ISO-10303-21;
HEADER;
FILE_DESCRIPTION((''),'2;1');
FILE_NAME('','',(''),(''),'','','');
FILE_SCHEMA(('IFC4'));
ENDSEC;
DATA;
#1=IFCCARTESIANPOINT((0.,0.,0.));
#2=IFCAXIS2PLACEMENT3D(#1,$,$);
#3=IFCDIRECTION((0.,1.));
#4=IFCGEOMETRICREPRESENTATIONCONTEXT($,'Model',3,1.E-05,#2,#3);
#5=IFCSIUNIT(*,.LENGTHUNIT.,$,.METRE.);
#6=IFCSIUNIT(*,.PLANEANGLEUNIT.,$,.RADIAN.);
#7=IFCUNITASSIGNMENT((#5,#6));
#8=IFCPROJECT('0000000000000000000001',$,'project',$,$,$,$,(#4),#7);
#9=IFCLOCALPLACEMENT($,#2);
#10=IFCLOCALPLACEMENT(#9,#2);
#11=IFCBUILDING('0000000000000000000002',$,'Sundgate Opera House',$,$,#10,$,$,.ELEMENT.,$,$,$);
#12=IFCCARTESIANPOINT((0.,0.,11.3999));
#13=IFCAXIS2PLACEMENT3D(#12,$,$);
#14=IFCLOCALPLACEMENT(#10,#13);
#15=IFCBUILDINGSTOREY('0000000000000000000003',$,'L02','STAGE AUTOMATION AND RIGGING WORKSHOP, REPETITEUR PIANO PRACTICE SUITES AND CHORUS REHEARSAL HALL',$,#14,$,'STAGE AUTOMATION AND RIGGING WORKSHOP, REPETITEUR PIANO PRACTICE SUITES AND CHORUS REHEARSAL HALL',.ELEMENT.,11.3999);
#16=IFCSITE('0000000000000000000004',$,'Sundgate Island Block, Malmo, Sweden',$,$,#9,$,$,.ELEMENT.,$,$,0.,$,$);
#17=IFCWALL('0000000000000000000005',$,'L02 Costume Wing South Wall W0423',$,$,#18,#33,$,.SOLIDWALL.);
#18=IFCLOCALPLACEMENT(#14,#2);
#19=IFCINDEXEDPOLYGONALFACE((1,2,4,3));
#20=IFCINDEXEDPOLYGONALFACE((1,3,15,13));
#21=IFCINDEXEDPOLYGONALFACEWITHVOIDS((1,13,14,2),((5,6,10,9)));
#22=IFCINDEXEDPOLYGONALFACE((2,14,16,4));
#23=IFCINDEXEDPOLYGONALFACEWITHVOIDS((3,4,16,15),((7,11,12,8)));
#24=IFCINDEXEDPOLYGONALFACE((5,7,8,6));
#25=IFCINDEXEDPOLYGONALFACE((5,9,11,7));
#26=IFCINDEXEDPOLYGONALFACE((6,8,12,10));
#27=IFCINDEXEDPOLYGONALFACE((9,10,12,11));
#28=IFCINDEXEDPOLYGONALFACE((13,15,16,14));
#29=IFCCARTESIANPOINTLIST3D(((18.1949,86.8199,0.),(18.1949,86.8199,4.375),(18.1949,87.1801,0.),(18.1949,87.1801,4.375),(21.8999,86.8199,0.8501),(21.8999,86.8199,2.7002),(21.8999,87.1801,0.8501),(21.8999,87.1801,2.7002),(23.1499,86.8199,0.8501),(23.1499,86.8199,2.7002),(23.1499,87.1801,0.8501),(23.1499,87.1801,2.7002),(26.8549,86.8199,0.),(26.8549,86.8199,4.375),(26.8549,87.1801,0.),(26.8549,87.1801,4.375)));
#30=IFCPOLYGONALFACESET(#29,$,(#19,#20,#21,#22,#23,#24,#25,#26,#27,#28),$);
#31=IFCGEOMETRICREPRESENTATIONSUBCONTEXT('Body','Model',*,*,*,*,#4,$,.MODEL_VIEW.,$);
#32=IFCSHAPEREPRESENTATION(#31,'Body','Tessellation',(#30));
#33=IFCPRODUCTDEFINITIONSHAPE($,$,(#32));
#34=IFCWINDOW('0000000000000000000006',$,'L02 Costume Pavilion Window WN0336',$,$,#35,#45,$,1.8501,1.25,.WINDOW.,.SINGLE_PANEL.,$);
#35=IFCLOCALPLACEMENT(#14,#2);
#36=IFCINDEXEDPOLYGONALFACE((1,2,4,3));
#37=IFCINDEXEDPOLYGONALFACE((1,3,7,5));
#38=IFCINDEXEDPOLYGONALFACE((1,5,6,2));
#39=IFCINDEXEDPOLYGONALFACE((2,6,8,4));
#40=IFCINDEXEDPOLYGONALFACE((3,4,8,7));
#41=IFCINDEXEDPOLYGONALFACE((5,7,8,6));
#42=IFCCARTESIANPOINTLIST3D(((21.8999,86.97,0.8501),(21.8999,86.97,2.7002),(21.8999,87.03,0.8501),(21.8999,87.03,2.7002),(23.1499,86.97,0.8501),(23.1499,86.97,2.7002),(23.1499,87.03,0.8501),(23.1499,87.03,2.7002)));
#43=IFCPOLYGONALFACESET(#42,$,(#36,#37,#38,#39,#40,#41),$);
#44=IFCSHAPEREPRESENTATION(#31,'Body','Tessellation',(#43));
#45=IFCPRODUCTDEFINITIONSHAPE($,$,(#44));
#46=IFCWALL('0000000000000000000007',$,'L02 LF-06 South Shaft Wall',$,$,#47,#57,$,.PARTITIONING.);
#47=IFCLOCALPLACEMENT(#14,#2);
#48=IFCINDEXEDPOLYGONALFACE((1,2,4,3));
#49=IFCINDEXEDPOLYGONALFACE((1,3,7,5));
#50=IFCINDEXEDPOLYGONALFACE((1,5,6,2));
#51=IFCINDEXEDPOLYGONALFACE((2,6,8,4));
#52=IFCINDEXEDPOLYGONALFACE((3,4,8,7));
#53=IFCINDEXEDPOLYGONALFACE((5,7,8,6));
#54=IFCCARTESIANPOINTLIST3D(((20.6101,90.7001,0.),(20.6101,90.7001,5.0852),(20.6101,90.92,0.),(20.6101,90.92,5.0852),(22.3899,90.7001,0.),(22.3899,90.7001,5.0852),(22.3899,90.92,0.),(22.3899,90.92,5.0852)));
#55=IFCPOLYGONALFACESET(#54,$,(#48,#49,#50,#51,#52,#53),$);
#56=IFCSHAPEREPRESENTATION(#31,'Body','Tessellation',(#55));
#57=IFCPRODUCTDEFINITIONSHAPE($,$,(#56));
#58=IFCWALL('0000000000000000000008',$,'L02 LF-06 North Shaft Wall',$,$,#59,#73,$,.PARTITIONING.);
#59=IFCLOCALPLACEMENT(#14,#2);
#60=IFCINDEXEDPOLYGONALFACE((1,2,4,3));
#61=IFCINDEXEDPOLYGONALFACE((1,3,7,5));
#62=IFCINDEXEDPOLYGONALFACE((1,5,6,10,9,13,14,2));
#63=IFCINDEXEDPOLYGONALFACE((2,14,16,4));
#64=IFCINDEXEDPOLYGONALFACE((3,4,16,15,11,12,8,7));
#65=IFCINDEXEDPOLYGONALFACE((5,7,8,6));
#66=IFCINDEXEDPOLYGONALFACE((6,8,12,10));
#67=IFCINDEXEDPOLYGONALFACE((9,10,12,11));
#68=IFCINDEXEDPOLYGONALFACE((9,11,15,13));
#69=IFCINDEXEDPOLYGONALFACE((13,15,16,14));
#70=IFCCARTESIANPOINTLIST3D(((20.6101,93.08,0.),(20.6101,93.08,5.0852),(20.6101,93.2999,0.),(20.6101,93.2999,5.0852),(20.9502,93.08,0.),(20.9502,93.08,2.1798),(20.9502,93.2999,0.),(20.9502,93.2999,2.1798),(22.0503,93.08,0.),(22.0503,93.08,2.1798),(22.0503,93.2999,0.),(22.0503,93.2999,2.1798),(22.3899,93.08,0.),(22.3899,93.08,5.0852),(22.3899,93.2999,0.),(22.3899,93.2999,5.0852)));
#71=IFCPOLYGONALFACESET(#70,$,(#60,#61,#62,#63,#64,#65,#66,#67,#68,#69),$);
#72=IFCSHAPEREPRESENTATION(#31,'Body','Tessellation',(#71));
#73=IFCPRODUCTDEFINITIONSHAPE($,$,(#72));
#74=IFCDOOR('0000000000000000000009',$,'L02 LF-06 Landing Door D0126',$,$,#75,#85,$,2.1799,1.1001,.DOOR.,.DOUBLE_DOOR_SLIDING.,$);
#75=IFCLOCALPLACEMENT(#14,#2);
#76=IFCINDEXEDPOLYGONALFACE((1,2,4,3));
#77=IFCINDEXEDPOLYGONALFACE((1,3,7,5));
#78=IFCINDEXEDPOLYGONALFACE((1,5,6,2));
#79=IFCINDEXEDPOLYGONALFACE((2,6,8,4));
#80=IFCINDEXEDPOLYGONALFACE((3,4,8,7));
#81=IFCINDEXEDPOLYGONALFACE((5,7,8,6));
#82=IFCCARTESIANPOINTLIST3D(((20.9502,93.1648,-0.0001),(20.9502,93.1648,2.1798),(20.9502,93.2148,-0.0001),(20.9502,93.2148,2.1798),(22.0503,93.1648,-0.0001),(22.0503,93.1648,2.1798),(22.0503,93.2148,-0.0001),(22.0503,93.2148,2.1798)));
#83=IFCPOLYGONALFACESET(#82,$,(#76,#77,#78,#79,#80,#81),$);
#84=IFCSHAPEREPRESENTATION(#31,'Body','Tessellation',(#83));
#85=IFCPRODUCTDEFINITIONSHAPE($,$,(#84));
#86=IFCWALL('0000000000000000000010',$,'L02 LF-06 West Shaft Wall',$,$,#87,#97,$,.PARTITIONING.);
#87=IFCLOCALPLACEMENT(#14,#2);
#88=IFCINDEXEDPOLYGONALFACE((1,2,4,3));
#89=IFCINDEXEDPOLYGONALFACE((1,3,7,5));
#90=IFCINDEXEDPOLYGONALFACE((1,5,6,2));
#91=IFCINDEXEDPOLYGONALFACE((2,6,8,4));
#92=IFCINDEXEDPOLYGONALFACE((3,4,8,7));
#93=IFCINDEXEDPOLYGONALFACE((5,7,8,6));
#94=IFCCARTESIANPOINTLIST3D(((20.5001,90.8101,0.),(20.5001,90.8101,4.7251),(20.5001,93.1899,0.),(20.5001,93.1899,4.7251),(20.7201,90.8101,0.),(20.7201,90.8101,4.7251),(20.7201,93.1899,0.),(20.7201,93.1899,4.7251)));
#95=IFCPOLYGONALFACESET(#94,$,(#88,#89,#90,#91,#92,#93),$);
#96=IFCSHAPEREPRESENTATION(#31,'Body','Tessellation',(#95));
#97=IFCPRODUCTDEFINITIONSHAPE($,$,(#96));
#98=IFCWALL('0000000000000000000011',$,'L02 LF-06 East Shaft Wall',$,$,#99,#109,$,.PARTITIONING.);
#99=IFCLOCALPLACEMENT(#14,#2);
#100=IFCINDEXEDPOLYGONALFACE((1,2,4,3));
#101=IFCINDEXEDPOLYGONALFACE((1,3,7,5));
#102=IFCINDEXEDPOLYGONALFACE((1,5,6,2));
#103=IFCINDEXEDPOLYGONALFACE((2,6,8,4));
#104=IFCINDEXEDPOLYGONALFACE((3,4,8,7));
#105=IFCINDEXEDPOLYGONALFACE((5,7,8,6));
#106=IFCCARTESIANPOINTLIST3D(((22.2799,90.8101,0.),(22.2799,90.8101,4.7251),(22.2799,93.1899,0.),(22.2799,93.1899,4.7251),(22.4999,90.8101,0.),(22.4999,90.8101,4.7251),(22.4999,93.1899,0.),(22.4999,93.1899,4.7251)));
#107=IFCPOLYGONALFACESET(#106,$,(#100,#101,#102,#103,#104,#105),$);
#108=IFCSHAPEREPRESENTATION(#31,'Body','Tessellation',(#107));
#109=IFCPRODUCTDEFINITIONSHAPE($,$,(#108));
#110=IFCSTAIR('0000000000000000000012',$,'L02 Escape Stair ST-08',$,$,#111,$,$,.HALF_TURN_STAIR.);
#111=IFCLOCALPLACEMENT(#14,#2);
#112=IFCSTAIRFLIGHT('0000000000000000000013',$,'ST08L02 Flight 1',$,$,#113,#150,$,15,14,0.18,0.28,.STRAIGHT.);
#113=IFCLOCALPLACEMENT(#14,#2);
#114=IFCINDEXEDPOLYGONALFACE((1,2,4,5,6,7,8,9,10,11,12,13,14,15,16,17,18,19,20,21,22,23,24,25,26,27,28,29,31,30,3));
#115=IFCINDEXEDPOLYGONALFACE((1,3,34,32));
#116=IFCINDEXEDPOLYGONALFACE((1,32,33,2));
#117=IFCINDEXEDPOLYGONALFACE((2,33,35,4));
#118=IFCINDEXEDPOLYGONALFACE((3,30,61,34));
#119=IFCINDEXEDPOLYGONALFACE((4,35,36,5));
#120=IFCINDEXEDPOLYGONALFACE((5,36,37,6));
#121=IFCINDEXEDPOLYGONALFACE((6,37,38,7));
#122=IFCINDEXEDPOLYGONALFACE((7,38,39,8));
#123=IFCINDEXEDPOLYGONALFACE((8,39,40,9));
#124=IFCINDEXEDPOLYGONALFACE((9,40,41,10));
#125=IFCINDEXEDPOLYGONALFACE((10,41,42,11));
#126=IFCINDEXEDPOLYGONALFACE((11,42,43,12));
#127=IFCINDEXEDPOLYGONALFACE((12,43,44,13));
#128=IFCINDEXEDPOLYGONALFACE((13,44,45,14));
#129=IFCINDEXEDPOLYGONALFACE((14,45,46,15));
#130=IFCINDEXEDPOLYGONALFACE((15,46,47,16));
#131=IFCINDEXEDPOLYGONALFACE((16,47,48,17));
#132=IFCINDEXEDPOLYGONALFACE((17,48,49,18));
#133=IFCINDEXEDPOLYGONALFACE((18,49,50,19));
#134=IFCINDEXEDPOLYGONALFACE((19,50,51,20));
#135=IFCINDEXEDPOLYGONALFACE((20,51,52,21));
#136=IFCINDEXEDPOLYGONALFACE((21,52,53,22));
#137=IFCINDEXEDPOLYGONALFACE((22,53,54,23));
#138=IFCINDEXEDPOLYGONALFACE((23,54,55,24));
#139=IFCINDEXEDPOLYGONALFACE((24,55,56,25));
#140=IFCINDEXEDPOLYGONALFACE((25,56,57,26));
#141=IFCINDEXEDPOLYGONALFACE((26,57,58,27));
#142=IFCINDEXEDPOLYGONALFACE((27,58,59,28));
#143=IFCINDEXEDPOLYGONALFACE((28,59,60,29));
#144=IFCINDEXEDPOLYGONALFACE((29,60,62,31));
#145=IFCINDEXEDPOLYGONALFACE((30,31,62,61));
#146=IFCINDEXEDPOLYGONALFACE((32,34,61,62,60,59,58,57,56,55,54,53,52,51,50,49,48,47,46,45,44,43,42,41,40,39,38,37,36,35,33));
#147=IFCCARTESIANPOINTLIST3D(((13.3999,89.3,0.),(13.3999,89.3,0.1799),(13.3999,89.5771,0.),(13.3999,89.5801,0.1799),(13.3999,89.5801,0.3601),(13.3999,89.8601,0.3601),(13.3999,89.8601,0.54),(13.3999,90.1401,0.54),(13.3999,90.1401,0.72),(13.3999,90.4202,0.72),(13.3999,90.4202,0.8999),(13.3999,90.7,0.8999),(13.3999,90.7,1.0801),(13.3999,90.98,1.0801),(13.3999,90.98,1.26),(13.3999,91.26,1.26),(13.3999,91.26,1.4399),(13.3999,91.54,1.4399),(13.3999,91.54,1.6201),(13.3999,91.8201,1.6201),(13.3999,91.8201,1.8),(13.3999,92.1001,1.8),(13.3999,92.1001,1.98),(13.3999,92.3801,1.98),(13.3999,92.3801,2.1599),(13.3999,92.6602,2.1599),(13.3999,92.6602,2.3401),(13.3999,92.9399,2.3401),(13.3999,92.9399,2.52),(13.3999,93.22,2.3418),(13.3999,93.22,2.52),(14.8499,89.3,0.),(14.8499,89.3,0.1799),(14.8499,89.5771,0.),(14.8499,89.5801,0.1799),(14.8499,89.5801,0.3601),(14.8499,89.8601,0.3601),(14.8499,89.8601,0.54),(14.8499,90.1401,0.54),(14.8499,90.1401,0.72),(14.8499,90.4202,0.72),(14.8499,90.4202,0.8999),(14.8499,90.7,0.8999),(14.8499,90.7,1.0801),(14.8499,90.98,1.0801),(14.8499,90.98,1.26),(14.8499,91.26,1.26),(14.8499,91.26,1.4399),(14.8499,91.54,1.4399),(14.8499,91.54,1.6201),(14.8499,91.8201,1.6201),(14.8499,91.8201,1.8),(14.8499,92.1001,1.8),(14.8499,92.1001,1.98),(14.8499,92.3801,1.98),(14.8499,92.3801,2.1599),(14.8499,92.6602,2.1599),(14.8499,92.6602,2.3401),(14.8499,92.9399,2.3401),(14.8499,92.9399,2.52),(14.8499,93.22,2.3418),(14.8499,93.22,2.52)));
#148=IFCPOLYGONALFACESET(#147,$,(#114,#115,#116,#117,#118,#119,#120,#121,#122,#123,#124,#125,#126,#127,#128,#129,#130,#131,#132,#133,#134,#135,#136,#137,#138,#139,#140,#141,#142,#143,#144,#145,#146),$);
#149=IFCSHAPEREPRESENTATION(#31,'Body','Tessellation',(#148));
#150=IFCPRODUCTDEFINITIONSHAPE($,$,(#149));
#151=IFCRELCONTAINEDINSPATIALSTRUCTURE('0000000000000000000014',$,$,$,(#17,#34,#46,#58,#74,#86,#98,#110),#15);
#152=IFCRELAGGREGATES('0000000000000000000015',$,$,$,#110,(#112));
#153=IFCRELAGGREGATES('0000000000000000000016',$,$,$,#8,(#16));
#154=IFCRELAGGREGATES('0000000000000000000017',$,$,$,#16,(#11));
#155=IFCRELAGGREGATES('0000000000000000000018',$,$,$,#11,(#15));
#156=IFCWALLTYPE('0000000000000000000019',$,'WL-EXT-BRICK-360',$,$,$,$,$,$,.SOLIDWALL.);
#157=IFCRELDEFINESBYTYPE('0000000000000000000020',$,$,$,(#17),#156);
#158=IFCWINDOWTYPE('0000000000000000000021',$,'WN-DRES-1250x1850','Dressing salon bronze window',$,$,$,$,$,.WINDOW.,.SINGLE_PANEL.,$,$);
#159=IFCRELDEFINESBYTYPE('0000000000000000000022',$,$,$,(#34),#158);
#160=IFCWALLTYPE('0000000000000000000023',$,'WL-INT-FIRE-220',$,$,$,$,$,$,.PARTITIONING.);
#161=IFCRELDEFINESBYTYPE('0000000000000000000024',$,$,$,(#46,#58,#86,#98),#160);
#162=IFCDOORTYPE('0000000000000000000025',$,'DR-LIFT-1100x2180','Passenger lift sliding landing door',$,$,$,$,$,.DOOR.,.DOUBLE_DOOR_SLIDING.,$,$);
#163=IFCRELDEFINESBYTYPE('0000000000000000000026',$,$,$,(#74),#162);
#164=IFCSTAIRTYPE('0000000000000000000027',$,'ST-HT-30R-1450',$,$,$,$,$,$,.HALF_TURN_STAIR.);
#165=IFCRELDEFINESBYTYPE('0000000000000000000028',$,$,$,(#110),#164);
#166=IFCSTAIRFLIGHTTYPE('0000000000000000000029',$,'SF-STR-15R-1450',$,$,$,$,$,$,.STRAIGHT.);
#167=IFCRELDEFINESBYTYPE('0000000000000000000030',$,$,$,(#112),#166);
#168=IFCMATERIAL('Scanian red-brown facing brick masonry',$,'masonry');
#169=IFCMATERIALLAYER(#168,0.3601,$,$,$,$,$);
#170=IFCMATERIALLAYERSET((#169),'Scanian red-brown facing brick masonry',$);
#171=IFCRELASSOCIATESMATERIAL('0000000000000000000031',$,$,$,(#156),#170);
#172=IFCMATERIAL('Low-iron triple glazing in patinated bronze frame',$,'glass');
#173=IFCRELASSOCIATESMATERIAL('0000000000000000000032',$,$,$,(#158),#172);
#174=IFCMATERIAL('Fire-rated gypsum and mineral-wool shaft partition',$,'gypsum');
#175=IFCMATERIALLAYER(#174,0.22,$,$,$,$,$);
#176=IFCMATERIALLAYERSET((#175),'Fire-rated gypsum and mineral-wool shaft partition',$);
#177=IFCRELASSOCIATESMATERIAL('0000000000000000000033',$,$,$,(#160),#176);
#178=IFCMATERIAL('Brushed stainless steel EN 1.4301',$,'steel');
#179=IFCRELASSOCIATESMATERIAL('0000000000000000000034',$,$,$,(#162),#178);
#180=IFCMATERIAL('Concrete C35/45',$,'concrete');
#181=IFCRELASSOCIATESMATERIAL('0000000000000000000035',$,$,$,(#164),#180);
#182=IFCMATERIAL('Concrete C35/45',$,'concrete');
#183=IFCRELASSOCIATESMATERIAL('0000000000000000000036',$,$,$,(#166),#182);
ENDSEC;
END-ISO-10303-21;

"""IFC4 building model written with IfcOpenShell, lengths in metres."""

from ifc_helpers import new_model, si_unit, direction, frame, frame_2d, origin, place, context, subcontext, project, spatial, polyline, rectangle, outline, extrude, material, layer, layer_set, type_object, element, fill, aggregate, save


model = new_model("IFC4")

# Units and contexts
model_context = context("Model", 3, precision=1e-05, world=origin(), true_north=direction((0.0, 1.0)))
body_context = subcontext(model_context, "Body", "Model", "MODEL_VIEW")
ifc_project = project(units=[si_unit("LENGTHUNIT", "METRE"), si_unit("PLANEANGLEUNIT", "RADIAN")], contexts=[model_context])

# Site, building, storey
site_placement = place(None, origin())
site = spatial("IfcSite", under=ifc_project, at=site_placement, Name="Sundgate Island Block, Malmo, Sweden", CompositionType="ELEMENT", RefElevation=0.0)
building_placement = place(site_placement, origin())
building = spatial("IfcBuilding", under=site, at=building_placement, Name="Sundgate Opera House", CompositionType="ELEMENT")
storey_placement = place(building_placement, frame((0.0, 0.0, 11.3999)))
storey = spatial("IfcBuildingStorey", under=building, at=storey_placement, Name="L02", Description="STAGE AUTOMATION AND RIGGING WORKSHOP, REPETITEUR PIANO PRACTICE SUITES AND CHORUS REHEARSAL HALL", LongName="STAGE AUTOMATION AND RIGGING WORKSHOP, REPETITEUR PIANO PRACTICE SUITES AND CHORUS REHEARSAL HALL", CompositionType="ELEMENT", Elevation=11.3999)

# Wall, opening, window
ifc_material_1 = material(Name="Scanian red-brown facing brick masonry", Category="masonry")
ifc_layer_1 = layer(ifc_material_1, 0.3601)
ifc_layer_set_1 = layer_set([ifc_layer_1], Name="Scanian red-brown facing brick masonry")
wall_type_1 = type_object("IfcWallType", Name="WL-EXT-BRICK-360", PredefinedType="SOLIDWALL", material=ifc_layer_set_1)
wall_1_placement = place(storey_placement, frame((26.855, 87.0, 0.0), z_axis=(0.0, 0.0, 1.0), x_axis=(-1.0, 0.0, 0.0)))
wall_1 = element("IfcWall", 1, at=wall_1_placement, inside=storey, type_object=wall_type_1, Name="L02 Costume Wing South Wall W0423", PredefinedType="SOLIDWALL", context=body_context, shape_type="SweptSolid", body=[
    extrude(rectangle(XDim=8.6599, YDim=0.3601, at=frame_2d((4.3301, 0.0))), origin(), (0.0, 0.0, 1.0), 4.375),
])
opening_1_placement = place(wall_1_placement, frame((3.7051, 0.0, 0.8501)))
opening_1 = element("IfcOpeningElement", 2, at=opening_1_placement, cuts=wall_1, PredefinedType="OPENING", context=body_context, shape_type="SweptSolid", body=[
    extrude(rectangle(XDim=1.25, YDim=1.8501, at=frame_2d((0.625, 0.925))), frame((0.0, 0.1899, 0.0), z_axis=(0.0, -1.0, 0.0), x_axis=(1.0, 0.0, 0.0)), (0.0, 0.0, 1.0), 0.3801),
])
ifc_material_2 = material(Name="Low-iron triple glazing in patinated bronze frame", Category="glass")
window_type = type_object("IfcWindowType", Name="WN-DRES-1250x1850", Description="Dressing salon bronze window", PartitioningType="SINGLE_PANEL", PredefinedType="WINDOW", material=ifc_material_2)
window_placement = place(opening_1_placement, origin())
window = element("IfcWindow", 3, at=window_placement, inside=storey, type_object=window_type, Name="L02 Costume Pavilion Window WN0336", OverallHeight=1.8501, OverallWidth=1.25, PartitioningType="SINGLE_PANEL", PredefinedType="WINDOW", context=body_context, shape_type="SweptSolid", body=[
    extrude(rectangle(XDim=1.25, YDim=1.8501, at=frame_2d((0.625, 0.925))), frame((0.0, 0.03, 0.0), z_axis=(0.0, -1.0, 0.0), x_axis=(1.0, 0.0, 0.0)), (0.0, 0.0, 1.0), 0.0601),
])
fill(opening_1, window)

# Wall
ifc_material_3 = material(Name="Fire-rated gypsum and mineral-wool shaft partition", Category="gypsum")
ifc_layer_2 = layer(ifc_material_3, 0.22)
ifc_layer_set_2 = layer_set([ifc_layer_2], Name="Fire-rated gypsum and mineral-wool shaft partition")
wall_type_2 = type_object("IfcWallType", Name="WL-INT-FIRE-220", PredefinedType="PARTITIONING", material=ifc_layer_set_2)
wall_2_placement = place(storey_placement, frame((20.6101, 90.8101, 0.0), z_axis=(0.0, 0.0, 1.0), x_axis=(1.0, 0.0, 0.0)))
element("IfcWall", 4, at=wall_2_placement, inside=storey, type_object=wall_type_2, Name="L02 LF-06 South Shaft Wall", PredefinedType="PARTITIONING", context=body_context, shape_type="SweptSolid", body=[
    extrude(rectangle(XDim=1.7798, YDim=0.22, at=frame_2d((0.8899, 0.0))), origin(), (0.0, 0.0, 1.0), 5.0852),
])

# Wall, opening, door
wall_3_placement = place(storey_placement, frame((20.6101, 93.1899, 0.0), z_axis=(0.0, 0.0, 1.0), x_axis=(1.0, 0.0, 0.0)))
wall_3 = element("IfcWall", 5, at=wall_3_placement, inside=storey, type_object=wall_type_2, Name="L02 LF-06 North Shaft Wall", PredefinedType="PARTITIONING", context=body_context, shape_type="SweptSolid", body=[
    extrude(rectangle(XDim=1.7798, YDim=0.22, at=frame_2d((0.8899, 0.0))), origin(), (0.0, 0.0, 1.0), 5.0852),
])
opening_2_placement = place(wall_3_placement, frame((0.3401, 0.0, 0.0)))
opening_2 = element("IfcOpeningElement", 6, at=opening_2_placement, cuts=wall_3, PredefinedType="OPENING", context=body_context, shape_type="SweptSolid", body=[
    extrude(rectangle(XDim=1.1001, YDim=2.1799, at=frame_2d((0.55, 1.0898))), frame((0.0, 0.1199, 0.0), z_axis=(0.0, -1.0, 0.0), x_axis=(1.0, 0.0, 0.0)), (0.0, 0.0, 1.0), 0.24),
])
ifc_material_4 = material(Name="Brushed stainless steel EN 1.4301", Category="steel")
door_type_1 = type_object("IfcDoorType", Name="DR-LIFT-1100x2180", Description="Passenger lift sliding landing door", OperationType="DOUBLE_DOOR_SLIDING", PredefinedType="DOOR", material=ifc_material_4)
door_1_placement = place(opening_2_placement, origin())
door_1 = element("IfcDoor", 7, at=door_1_placement, inside=storey, type_object=door_type_1, Name="L02 LF-06 Landing Door D0126", OperationType="DOUBLE_DOOR_SLIDING", OverallHeight=2.1799, OverallWidth=1.1001, PredefinedType="DOOR", context=body_context, shape_type="SweptSolid", body=[
    extrude(rectangle(XDim=1.1001, YDim=2.1799, at=frame_2d((0.55, 1.0898))), frame((0.0, 0.0249, 0.0), z_axis=(0.0, -1.0, 0.0), x_axis=(1.0, 0.0, 0.0)), (0.0, 0.0, 1.0), 0.05),
])
fill(opening_2, door_1)

# Walls
for number, where, z_axis, x_axis, name in (
    (8, (20.6101, 90.8101, 0.0), (0.0, 0.0, 1.0), (0.0, 1.0, 0.0), "L02 LF-06 West Shaft Wall"),
    (9, (22.3899, 90.8101, 0.0), (0.0, 0.0, 1.0), (0.0, 1.0, 0.0), "L02 LF-06 East Shaft Wall"),
):
    element("IfcWall", number, at=place(storey_placement, frame(where, z_axis=z_axis, x_axis=x_axis)), inside=storey, type_object=wall_type_2, Name=name, PredefinedType="PARTITIONING", context=body_context, shape_type="SweptSolid", body=[
        extrude(rectangle(XDim=2.3799, YDim=0.22, at=frame_2d((1.1899, 0.0))), origin(), (0.0, 0.0, 1.0), 4.7251),
    ])

# Stair, stair flight
ifc_material_5 = material(Name="Concrete C35/45", Category="concrete")
stair_type = type_object("IfcStairType", Name="ST-HT-30R-1450", PredefinedType="HALF_TURN_STAIR", material=ifc_material_5)
stair_placement = place(storey_placement, origin())
stair = element("IfcStair", 10, at=stair_placement, inside=storey, type_object=stair_type, Name="L02 Escape Stair ST-08", PredefinedType="HALF_TURN_STAIR")
ifc_material_6 = material(Name="Concrete C35/45", Category="concrete")
stair_flight_type = type_object("IfcStairFlightType", Name="SF-STR-15R-1450", PredefinedType="STRAIGHT", material=ifc_material_6)
stair_flight_1_placement = place(storey_placement, frame((14.125, 89.3, 0.0), z_axis=(0.0, 0.0, 1.0), x_axis=(0.0, 1.0, 0.0)))
stair_flight_1 = element("IfcStairFlight", 11, at=stair_flight_1_placement, type_object=stair_flight_type, Name="ST08L02 Flight 1", NumberOfRisers=15, NumberOfTreads=14, PredefinedType="STRAIGHT", RiserHeight=0.18, TreadLength=0.28, context=body_context, shape_type="SweptSolid", body=[
    extrude(outline(polyline([(0.0, 0.0), (0.0, 0.1799), (0.28, 0.1799), (0.28, 0.3601), (0.5601, 0.3601), (0.5601, 0.54), (0.8401, 0.54), (0.8401, 0.72), (1.1201, 0.72), (1.1201, 0.8999), (1.3999, 0.8999), (1.3999, 1.0801), (1.6799, 1.0801), (1.6799, 1.26), (1.96, 1.26), (1.96, 1.4399), (2.24, 1.4399), (2.24, 1.6201), (2.52, 1.6201), (2.52, 1.8), (2.8, 1.8), (2.8, 1.98), (3.0801, 1.98), (3.0801, 2.1599), (3.3601, 2.1599), (3.3601, 2.3401), (3.6399, 2.3401), (3.6399, 2.52), (3.9199, 2.52), (3.9199, 2.7), (3.9199, 2.3418), (0.2771, 0.0), (0.0, 0.0)])), frame((0.0, 0.7251, 0.0), z_axis=(0.0, -1.0, 0.0), x_axis=(1.0, 0.0, 0.0)), (0.0, 0.0, 1.0), 1.45),
])
aggregate(stair, [stair_flight_1])

save(model, "model.ifc")
